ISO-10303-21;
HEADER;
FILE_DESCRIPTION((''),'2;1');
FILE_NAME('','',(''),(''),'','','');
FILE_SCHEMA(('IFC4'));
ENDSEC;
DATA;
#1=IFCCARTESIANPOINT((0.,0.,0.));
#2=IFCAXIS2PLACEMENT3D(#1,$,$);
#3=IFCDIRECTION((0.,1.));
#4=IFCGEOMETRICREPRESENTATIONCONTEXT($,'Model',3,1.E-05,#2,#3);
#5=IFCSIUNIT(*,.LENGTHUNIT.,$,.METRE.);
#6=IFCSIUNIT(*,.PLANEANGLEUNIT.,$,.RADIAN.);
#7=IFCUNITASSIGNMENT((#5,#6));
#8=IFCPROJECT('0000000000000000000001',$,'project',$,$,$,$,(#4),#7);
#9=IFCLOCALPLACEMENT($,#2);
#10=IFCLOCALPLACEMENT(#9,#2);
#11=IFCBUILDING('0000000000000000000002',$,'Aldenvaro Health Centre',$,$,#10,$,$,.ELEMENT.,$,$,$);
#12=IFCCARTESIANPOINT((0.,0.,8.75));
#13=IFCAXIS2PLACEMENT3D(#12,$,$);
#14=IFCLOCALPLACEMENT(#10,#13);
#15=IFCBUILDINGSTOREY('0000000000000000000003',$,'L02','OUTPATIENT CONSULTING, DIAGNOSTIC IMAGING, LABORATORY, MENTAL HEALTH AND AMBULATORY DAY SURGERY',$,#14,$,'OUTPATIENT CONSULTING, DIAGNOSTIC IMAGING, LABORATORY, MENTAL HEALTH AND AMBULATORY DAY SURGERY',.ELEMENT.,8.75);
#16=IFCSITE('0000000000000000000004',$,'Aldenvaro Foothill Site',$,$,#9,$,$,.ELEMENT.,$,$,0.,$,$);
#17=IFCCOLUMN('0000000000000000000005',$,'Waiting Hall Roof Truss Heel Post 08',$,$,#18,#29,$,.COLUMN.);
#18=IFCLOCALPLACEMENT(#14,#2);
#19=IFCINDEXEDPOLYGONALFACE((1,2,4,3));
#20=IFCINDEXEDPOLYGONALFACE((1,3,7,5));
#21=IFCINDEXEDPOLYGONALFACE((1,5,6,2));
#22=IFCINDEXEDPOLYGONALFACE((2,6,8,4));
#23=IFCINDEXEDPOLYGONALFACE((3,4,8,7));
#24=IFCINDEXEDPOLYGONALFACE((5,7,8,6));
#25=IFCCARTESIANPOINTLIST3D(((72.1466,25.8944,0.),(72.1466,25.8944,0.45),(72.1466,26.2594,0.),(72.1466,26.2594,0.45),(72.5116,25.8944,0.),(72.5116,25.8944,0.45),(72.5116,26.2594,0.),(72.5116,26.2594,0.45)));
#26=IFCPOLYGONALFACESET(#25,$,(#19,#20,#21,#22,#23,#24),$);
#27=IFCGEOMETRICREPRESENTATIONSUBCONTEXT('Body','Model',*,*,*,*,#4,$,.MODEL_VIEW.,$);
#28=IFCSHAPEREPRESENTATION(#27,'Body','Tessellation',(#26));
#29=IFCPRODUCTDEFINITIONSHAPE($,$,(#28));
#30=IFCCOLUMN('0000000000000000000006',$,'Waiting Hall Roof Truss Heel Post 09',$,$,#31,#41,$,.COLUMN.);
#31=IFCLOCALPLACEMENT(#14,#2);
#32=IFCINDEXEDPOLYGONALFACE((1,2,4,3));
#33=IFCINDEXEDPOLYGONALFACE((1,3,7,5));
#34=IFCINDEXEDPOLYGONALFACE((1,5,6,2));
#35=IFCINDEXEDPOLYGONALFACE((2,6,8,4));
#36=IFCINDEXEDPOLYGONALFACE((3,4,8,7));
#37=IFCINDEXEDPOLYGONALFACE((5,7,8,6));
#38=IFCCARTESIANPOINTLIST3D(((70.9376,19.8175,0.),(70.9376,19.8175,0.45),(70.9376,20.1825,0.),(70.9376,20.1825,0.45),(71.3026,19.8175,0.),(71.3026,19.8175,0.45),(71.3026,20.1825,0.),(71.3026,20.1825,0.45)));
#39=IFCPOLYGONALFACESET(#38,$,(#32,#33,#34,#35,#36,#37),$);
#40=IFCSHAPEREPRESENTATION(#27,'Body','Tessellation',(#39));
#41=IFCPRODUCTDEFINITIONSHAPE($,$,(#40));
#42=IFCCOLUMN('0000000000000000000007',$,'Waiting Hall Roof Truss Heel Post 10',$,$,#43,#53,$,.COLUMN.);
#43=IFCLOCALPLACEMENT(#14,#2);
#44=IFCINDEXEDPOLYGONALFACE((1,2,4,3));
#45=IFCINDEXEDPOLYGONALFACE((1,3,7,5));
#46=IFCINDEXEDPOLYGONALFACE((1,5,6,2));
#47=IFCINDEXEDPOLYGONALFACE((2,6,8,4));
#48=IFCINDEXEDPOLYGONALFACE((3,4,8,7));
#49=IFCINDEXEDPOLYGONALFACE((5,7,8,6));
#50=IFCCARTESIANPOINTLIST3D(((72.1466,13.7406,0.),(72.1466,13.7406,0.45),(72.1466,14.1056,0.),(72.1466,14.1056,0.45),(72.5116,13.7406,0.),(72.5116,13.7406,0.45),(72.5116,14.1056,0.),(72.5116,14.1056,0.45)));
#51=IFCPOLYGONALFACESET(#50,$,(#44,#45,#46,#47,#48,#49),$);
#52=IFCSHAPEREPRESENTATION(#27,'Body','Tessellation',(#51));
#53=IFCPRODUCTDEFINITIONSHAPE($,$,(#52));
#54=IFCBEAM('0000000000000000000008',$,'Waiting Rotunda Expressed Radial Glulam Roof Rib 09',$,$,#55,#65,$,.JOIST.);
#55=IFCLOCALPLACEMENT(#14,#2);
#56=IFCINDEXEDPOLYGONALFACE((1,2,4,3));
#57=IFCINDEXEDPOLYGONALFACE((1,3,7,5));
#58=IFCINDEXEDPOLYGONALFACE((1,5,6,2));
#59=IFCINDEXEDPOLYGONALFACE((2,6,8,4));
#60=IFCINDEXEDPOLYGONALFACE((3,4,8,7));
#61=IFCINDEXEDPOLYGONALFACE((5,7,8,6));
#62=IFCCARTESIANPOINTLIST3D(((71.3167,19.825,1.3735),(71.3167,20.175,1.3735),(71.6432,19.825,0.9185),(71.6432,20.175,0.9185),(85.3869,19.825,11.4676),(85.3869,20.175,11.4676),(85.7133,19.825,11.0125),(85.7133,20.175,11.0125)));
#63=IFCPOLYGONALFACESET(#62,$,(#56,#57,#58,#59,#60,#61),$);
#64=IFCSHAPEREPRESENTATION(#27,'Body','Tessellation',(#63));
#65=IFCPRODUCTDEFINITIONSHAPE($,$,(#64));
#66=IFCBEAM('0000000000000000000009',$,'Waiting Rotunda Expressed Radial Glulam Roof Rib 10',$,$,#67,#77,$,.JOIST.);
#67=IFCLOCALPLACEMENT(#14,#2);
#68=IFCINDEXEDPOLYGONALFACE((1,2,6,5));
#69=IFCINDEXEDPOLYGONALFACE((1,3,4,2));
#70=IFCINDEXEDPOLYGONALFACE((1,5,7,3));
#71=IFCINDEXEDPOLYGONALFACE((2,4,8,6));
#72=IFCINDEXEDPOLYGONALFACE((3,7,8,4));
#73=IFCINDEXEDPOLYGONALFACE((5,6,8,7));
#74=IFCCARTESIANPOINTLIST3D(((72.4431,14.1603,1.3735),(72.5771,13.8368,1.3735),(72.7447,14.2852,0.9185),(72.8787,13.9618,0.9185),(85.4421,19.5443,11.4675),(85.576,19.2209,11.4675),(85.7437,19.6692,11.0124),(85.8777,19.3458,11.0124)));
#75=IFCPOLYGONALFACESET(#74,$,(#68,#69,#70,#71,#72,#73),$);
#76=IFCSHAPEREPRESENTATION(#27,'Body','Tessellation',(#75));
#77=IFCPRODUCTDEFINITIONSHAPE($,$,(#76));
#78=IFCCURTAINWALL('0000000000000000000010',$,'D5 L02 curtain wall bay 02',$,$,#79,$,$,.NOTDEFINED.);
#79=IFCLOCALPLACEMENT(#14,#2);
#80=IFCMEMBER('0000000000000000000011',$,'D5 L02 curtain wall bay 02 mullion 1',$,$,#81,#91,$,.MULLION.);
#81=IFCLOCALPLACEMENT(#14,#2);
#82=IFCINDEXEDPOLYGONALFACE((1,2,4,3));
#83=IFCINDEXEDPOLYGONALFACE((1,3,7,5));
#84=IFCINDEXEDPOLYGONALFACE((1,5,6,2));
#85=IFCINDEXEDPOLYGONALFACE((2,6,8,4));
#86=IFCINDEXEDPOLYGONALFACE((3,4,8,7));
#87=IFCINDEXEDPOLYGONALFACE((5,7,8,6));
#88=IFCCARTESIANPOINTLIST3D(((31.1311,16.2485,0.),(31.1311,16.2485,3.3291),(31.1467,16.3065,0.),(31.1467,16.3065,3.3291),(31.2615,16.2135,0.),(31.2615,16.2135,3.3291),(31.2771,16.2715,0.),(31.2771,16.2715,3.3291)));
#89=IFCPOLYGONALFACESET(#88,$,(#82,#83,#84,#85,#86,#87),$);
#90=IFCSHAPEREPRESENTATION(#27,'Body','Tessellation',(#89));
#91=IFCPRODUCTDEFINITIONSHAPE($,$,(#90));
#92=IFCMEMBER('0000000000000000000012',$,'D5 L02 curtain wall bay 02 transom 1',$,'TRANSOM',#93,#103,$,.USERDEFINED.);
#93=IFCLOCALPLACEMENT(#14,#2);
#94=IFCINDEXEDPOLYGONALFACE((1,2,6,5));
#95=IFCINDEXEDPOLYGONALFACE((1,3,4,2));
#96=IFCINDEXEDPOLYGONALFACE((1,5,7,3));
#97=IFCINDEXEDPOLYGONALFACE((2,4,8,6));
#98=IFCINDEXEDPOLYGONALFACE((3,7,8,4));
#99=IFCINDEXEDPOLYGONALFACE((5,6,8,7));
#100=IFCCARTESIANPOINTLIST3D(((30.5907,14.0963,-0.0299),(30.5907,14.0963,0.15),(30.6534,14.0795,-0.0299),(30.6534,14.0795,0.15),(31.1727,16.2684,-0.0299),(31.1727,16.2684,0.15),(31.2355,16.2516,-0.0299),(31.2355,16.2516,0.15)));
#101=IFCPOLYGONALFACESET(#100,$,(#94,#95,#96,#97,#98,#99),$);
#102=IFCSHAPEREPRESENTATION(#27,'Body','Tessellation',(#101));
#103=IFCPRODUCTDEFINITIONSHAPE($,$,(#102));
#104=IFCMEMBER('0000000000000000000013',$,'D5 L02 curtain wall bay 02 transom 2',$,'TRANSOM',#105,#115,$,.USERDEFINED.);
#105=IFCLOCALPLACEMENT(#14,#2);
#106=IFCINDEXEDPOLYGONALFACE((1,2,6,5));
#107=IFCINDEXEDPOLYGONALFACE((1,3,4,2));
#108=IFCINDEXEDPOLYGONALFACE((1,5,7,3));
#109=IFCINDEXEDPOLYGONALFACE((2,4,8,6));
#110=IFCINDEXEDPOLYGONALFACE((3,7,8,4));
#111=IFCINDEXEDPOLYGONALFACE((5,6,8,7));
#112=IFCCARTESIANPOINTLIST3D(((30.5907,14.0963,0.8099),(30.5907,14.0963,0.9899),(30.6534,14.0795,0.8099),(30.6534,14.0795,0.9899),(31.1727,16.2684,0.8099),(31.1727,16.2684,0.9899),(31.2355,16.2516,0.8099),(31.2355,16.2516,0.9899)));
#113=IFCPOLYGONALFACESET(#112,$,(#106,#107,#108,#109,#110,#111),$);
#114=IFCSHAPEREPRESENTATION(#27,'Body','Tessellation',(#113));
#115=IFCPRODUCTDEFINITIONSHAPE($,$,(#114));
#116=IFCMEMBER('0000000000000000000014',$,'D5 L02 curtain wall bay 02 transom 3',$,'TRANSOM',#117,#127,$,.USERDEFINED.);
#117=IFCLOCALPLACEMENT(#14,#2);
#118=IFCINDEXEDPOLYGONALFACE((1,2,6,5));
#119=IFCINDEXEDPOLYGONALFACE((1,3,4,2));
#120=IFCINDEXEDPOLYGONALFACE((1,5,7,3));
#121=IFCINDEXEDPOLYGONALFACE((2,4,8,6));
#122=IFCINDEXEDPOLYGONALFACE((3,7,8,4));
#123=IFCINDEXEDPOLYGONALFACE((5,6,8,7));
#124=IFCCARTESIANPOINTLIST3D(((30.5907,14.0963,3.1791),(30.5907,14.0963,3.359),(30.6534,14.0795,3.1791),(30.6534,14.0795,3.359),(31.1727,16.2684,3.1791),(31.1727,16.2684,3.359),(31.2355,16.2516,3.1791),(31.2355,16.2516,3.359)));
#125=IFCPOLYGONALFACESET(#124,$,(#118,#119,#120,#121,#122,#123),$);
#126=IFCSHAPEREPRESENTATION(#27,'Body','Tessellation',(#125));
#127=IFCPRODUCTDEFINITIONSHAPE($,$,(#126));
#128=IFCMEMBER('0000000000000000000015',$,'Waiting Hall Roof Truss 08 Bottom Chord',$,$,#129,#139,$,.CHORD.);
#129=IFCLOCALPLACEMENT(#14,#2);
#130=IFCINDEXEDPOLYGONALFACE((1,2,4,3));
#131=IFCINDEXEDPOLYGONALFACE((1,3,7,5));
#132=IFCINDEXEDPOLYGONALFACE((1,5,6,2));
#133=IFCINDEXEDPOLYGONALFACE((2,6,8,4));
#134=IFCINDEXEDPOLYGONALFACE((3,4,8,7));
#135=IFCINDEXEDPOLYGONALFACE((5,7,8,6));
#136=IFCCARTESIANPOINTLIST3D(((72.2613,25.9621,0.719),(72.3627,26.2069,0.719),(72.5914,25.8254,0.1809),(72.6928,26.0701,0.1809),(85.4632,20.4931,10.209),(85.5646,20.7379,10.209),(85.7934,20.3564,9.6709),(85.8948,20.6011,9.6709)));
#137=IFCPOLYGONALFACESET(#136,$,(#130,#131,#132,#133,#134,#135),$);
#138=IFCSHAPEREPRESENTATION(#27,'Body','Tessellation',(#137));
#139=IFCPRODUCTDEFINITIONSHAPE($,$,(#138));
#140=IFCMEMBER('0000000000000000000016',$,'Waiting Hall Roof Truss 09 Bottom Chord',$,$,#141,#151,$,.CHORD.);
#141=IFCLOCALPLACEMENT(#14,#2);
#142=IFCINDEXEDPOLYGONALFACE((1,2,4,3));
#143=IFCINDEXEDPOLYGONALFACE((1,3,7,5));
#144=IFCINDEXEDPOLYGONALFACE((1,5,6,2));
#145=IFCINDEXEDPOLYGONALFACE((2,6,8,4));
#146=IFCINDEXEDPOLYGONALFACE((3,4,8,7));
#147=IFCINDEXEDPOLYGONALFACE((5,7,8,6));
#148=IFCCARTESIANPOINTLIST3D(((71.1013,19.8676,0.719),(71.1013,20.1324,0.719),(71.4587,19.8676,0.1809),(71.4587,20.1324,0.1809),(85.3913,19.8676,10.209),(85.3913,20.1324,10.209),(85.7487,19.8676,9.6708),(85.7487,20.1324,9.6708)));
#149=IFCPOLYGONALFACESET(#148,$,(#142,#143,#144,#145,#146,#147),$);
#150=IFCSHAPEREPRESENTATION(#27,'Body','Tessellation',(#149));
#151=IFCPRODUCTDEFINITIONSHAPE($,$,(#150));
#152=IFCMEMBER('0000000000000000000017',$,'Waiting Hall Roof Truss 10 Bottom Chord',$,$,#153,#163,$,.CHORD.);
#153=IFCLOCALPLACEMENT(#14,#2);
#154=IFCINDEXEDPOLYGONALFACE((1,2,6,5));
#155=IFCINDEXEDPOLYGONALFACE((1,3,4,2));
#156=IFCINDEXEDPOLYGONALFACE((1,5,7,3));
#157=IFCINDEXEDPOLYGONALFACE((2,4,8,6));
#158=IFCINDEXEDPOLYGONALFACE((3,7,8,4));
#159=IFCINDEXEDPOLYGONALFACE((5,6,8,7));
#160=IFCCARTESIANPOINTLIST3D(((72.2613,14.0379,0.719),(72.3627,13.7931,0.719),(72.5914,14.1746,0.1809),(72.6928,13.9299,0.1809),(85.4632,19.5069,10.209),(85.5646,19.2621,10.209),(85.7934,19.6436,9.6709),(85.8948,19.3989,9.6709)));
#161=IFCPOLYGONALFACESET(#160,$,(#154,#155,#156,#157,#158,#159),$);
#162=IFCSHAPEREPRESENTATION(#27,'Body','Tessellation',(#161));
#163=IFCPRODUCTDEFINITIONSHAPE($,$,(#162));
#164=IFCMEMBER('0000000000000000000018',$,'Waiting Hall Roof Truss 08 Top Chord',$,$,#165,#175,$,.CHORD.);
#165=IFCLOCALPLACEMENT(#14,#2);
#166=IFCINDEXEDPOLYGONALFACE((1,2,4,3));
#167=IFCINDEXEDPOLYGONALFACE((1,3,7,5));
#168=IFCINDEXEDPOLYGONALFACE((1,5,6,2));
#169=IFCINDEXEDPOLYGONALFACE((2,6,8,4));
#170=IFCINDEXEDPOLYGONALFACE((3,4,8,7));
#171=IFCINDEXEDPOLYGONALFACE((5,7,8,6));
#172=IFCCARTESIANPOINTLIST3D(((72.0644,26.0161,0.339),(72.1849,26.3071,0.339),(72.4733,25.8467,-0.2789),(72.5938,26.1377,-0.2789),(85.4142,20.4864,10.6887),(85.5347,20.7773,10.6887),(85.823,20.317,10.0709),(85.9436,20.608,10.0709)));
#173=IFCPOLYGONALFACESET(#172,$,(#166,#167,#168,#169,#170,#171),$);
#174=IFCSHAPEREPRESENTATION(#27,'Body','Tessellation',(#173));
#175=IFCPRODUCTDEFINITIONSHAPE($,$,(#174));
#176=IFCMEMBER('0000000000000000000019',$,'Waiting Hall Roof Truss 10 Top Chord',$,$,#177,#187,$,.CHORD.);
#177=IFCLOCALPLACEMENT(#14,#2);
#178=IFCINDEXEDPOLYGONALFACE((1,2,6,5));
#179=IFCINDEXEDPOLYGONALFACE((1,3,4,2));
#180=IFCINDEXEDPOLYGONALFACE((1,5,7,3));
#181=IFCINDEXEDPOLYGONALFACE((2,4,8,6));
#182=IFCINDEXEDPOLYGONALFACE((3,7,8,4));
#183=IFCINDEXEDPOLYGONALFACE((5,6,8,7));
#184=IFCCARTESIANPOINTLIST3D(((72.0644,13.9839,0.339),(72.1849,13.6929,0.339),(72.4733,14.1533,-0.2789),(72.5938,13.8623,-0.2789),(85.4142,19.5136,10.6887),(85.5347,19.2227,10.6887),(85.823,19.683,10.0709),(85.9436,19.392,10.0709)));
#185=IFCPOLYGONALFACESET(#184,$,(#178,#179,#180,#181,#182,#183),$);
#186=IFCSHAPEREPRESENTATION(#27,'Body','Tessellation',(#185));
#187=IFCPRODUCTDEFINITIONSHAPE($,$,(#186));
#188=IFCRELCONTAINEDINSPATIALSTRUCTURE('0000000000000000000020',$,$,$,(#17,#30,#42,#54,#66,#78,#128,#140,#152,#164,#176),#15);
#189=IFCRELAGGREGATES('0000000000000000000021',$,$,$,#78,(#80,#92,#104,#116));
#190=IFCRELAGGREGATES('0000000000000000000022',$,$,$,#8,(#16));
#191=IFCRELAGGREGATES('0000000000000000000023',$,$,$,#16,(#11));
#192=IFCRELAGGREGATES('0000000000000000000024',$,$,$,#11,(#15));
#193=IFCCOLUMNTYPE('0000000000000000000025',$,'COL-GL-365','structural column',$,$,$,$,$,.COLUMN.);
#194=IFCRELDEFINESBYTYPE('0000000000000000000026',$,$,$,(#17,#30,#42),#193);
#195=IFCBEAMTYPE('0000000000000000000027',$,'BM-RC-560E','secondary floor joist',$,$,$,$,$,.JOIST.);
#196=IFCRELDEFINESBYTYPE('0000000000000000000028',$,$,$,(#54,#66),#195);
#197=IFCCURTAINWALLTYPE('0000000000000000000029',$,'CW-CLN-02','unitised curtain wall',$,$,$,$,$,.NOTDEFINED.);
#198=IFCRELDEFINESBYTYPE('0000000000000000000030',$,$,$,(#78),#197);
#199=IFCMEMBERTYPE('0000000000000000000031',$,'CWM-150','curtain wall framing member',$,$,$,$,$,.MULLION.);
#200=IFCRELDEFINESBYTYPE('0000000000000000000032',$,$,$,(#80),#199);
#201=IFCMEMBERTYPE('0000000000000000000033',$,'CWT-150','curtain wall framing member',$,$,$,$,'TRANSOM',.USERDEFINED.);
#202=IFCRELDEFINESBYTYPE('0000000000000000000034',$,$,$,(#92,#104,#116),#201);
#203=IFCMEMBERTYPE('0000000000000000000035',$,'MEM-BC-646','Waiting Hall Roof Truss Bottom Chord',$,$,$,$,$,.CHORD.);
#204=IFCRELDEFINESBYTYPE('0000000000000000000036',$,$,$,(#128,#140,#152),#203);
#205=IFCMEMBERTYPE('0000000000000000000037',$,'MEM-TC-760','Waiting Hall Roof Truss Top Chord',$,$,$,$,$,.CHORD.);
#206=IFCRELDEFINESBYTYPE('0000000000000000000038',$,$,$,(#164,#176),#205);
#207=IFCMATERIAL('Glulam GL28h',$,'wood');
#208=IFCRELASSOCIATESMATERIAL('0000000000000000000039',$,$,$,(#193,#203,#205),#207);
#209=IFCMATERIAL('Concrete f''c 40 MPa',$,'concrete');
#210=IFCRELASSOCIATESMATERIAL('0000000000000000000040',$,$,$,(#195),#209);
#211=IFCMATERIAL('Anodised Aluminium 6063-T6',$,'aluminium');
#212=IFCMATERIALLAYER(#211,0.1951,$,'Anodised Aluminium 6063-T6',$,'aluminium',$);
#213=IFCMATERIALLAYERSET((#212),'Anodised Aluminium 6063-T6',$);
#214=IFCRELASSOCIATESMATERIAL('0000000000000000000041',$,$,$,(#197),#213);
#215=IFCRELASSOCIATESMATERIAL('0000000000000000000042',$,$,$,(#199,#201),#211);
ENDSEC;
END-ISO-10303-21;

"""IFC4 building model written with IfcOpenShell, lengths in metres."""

from ifc_helpers import new_model, si_unit, direction, frame, origin, origin_2d, place, context, subcontext, project, spatial, rectangle, extrude, material, layer, layer_set, material_profile, profile_set, type_object, element, aggregate, save


model = new_model("IFC4")

# Units and contexts
model_context = context("Model", 3, precision=1e-05, world=origin(), true_north=direction((0.0, 1.0)))
body_context = subcontext(model_context, "Body", "Model", "MODEL_VIEW")
ifc_project = project(units=[si_unit("LENGTHUNIT", "METRE"), si_unit("PLANEANGLEUNIT", "RADIAN")], contexts=[model_context])

# Site, building, storey
site_placement = place(None, origin())
site = spatial("IfcSite", under=ifc_project, at=site_placement, Name="Aldenvaro Foothill Site", CompositionType="ELEMENT", RefElevation=0.0)
building_placement = place(site_placement, origin())
building = spatial("IfcBuilding", under=site, at=building_placement, Name="Aldenvaro Health Centre", CompositionType="ELEMENT")
storey_placement = place(building_placement, frame((0.0, 0.0, 8.75)))
storey = spatial("IfcBuildingStorey", under=building, at=storey_placement, Name="L02", Description="OUTPATIENT CONSULTING, DIAGNOSTIC IMAGING, LABORATORY, MENTAL HEALTH AND AMBULATORY DAY SURGERY", LongName="OUTPATIENT CONSULTING, DIAGNOSTIC IMAGING, LABORATORY, MENTAL HEALTH AND AMBULATORY DAY SURGERY", CompositionType="ELEMENT", Elevation=8.75)

# Columns
ifc_material_1 = material(Name="Glulam GL28h", Category="wood")
ifc_material_profile_1 = material_profile(ifc_material_1, rectangle(XDim=0.365, YDim=0.365, at=origin_2d()), Name="GL 365x365", Category="wood")
ifc_profile_set_1 = profile_set([ifc_material_profile_1], Name="Glulam GL28h")
column_type = type_object("IfcColumnType", Name="COL-GL-365", Description="structural column", PredefinedType="COLUMN", material=ifc_profile_set_1)
for number, where, z_axis, x_axis, name in (
    (1, (72.3291, 26.0769, 0.0), (0.0, 0.0, 1.0), (1.0, 0.0, 0.0), "Waiting Hall Roof Truss Heel Post 08"),
    (2, (71.1201, 20.0, 0.0), (0.0, 0.0, 1.0), (1.0, 0.0, 0.0), "Waiting Hall Roof Truss Heel Post 09"),
    (3, (72.3291, 13.9231, 0.0), (0.0, 0.0, 1.0), (1.0, 0.0, 0.0), "Waiting Hall Roof Truss Heel Post 10"),
):
    element("IfcColumn", number, at=place(storey_placement, frame(where, z_axis=z_axis, x_axis=x_axis)), inside=storey, type_object=column_type, Name=name, PredefinedType="COLUMN", context=body_context, shape_type="SweptSolid", body=[
        extrude(rectangle(XDim=0.365, YDim=0.365, at=origin_2d()), origin(), (0.0, 0.0, 1.0), 0.45),
    ])

# Beams
ifc_material_2 = material(Name="Concrete f'c 40 MPa", Category="concrete")
ifc_material_profile_2 = material_profile(ifc_material_2, rectangle(XDim=0.3501, YDim=0.5601, at=origin_2d()), Name="RC 350x560", Category="concrete")
ifc_profile_set_2 = profile_set([ifc_material_profile_2], Name="Concrete f'c 40 MPa")
beam_type = type_object("IfcBeamType", Name="BM-RC-560E", Description="secondary floor joist", PredefinedType="JOIST", material=ifc_profile_set_2)
beam_1_placement = place(storey_placement, frame((71.48, 20.0, 1.146), z_axis=(0.812531, 0.0, 0.582917), x_axis=(0.0, 1.0, 0.0)))
element("IfcBeam", 4, at=beam_1_placement, inside=storey, type_object=beam_type, Name="Waiting Rotunda Expressed Radial Glulam Roof Rib 09", PredefinedType="JOIST", context=body_context, shape_type="SweptSolid", body=[
    extrude(rectangle(XDim=0.3501, YDim=0.5601, at=origin_2d()), origin(), (0.0, 0.0, 1.0), 17.3164),
])
beam_2_placement = place(storey_placement, frame((72.6609, 14.061, 1.146), z_axis=(0.750685, 0.310924, 0.582922), x_axis=(-0.382663, 0.923888, 0.0)))
element("IfcBeam", 5, at=beam_2_placement, inside=storey, type_object=beam_type, Name="Waiting Rotunda Expressed Radial Glulam Roof Rib 10", PredefinedType="JOIST", context=body_context, shape_type="SweptSolid", body=[
    extrude(rectangle(XDim=0.3501, YDim=0.5601, at=origin_2d()), origin(), (0.0, 0.0, 1.0), 17.3162),
])

# Curtain wall, members
ifc_material_3 = material(Name="Anodised Aluminium 6063-T6", Category="aluminium")
ifc_layer_1 = layer(ifc_material_3, 0.1951, Name="Anodised Aluminium 6063-T6", Category="aluminium")
ifc_layer_set_1 = layer_set([ifc_layer_1], Name="Anodised Aluminium 6063-T6")
curtain_wall_type = type_object("IfcCurtainWallType", Name="CW-CLN-02", Description="unitised curtain wall", PredefinedType="NOTDEFINED", material=ifc_layer_set_1)
curtain_wall_placement = place(storey_placement, origin())
curtain_wall = element("IfcCurtainWall", 6, at=curtain_wall_placement, inside=storey, type_object=curtain_wall_type, Name="D5 L02 curtain wall bay 02", PredefinedType="NOTDEFINED")
ifc_material_profile_3 = material_profile(ifc_material_3, rectangle(XDim=0.0601, YDim=0.135, at=origin_2d()), Name="ALU 60x135", Category="aluminium")
ifc_profile_set_3 = profile_set([ifc_material_profile_3], Name="Anodised Aluminium 6063-T6")
member_type_1 = type_object("IfcMemberType", Name="CWM-150", Description="curtain wall framing member", PredefinedType="MULLION", material=ifc_profile_set_3)
member_1_placement = place(storey_placement, frame((31.2041, 16.26, 0.0), z_axis=(0.0, 0.0, 1.0), x_axis=(-0.258825, -0.965924, 0.0)))
member_1 = element("IfcMember", 7, at=member_1_placement, type_object=member_type_1, Name="D5 L02 curtain wall bay 02 mullion 1", PredefinedType="MULLION", context=body_context, shape_type="SweptSolid", body=[
    extrude(rectangle(XDim=0.0601, YDim=0.135, at=origin_2d()), origin(), (0.0, 0.0, 1.0), 3.3291),
])
ifc_material_profile_4 = material_profile(ifc_material_3, rectangle(XDim=0.0649, YDim=0.1799, at=origin_2d()), Name="ALU 65x180", Category="aluminium")
ifc_profile_set_4 = profile_set([ifc_material_profile_4], Name="Anodised Aluminium 6063-T6")
member_type_2 = type_object("IfcMemberType", Name="CWT-150", Description="curtain wall framing member", ElementType="TRANSOM", PredefinedType="USERDEFINED", material=ifc_profile_set_4)
member_2_placement = place(storey_placement, frame((31.2041, 16.26, 0.0601), z_axis=(-0.258825, -0.965924, 0.0), x_axis=(0.965924, -0.258825, 0.0)))
member_2 = element("IfcMember", 8, at=member_2_placement, type_object=member_type_2, Name="D5 L02 curtain wall bay 02 transom 1", ObjectType="TRANSOM", PredefinedType="USERDEFINED", context=body_context, shape_type="SweptSolid", body=[
    extrude(rectangle(XDim=0.0649, YDim=0.1799, at=origin_2d()), origin(), (0.0, 0.0, 1.0), 2.2488),
])
member_3_placement = place(storey_placement, frame((31.2041, 16.26, 0.8999), z_axis=(-0.258825, -0.965924, 0.0), x_axis=(0.965924, -0.258825, 0.0)))
member_3 = element("IfcMember", 9, at=member_3_placement, type_object=member_type_2, Name="D5 L02 curtain wall bay 02 transom 2", ObjectType="TRANSOM", PredefinedType="USERDEFINED", context=body_context, shape_type="SweptSolid", body=[
    extrude(rectangle(XDim=0.0649, YDim=0.1799, at=origin_2d()), origin(), (0.0, 0.0, 1.0), 2.2488),
])
member_4_placement = place(storey_placement, frame((31.2041, 16.26, 3.269), z_axis=(-0.258825, -0.965924, 0.0), x_axis=(0.965924, -0.258825, 0.0)))
member_4 = element("IfcMember", 10, at=member_4_placement, type_object=member_type_2, Name="D5 L02 curtain wall bay 02 transom 3", ObjectType="TRANSOM", PredefinedType="USERDEFINED", context=body_context, shape_type="SweptSolid", body=[
    extrude(rectangle(XDim=0.0649, YDim=0.1799, at=origin_2d()), origin(), (0.0, 0.0, 1.0), 2.2488),
])
aggregate(curtain_wall, [member_1, member_2, member_3, member_4])

# Members
ifc_material_profile_5 = material_profile(ifc_material_1, rectangle(XDim=0.2649, YDim=0.646, at=origin_2d()), Name="GL 265x646", Category="wood")
ifc_profile_set_5 = profile_set([ifc_material_profile_5], Name="Glulam GL28h")
member_type_3 = type_object("IfcMemberType", Name="MEM-BC-646", Description="Waiting Hall Roof Truss Bottom Chord", PredefinedType="CHORD", material=ifc_profile_set_5)
for number, where, z_axis, x_axis, name in (
    (11, (72.4771, 26.0161, 0.45), (0.76961, -0.318817, 0.553223), (0.382718, 0.923865, 0.0), "Waiting Hall Roof Truss 08 Bottom Chord"),
    (12, (71.28, 20.0, 0.45), (0.833036, 0.0, 0.553218), (0.0, 1.0, 0.0), "Waiting Hall Roof Truss 09 Bottom Chord"),
    (13, (72.4771, 13.9839, 0.45), (0.76961, 0.318817, 0.553223), (-0.382718, 0.923865, 0.0), "Waiting Hall Roof Truss 10 Bottom Chord"),
):
    element("IfcMember", number, at=place(storey_placement, frame(where, z_axis=z_axis, x_axis=x_axis)), inside=storey, type_object=member_type_3, Name=name, PredefinedType="CHORD", context=body_context, shape_type="SweptSolid", body=[
        extrude(rectangle(XDim=0.2649, YDim=0.646, at=origin_2d()), origin(), (0.0, 0.0, 1.0), 17.1541),
    ])
ifc_material_profile_6 = material_profile(ifc_material_1, rectangle(XDim=0.3149, YDim=0.76, at=origin_2d()), Name="GL 315x760", Category="wood")
ifc_profile_set_6 = profile_set([ifc_material_profile_6], Name="Glulam GL28h")
member_type_4 = type_object("IfcMemberType", Name="MEM-TC-760", Description="Waiting Hall Roof Truss Top Chord", PredefinedType="CHORD", material=ifc_profile_set_6)
for number, where, z_axis, x_axis, name in (
    (14, (72.3291, 26.0769, 0.03), (0.751087, -0.311116, 0.582302), (0.382689, 0.923877, 0.0), "Waiting Hall Roof Truss 08 Top Chord"),
    (15, (72.3291, 13.9231, 0.03), (0.751087, 0.311116, 0.582302), (-0.382689, 0.923877, 0.0), "Waiting Hall Roof Truss 10 Top Chord"),
):
    element("IfcMember", number, at=place(storey_placement, frame(where, z_axis=z_axis, x_axis=x_axis)), inside=storey, type_object=member_type_4, Name=name, PredefinedType="CHORD", context=body_context, shape_type="SweptSolid", body=[
        extrude(rectangle(XDim=0.3149, YDim=0.76, at=origin_2d()), origin(), (0.0, 0.0, 1.0), 17.7739),
    ])

save(model, "model.ifc")
